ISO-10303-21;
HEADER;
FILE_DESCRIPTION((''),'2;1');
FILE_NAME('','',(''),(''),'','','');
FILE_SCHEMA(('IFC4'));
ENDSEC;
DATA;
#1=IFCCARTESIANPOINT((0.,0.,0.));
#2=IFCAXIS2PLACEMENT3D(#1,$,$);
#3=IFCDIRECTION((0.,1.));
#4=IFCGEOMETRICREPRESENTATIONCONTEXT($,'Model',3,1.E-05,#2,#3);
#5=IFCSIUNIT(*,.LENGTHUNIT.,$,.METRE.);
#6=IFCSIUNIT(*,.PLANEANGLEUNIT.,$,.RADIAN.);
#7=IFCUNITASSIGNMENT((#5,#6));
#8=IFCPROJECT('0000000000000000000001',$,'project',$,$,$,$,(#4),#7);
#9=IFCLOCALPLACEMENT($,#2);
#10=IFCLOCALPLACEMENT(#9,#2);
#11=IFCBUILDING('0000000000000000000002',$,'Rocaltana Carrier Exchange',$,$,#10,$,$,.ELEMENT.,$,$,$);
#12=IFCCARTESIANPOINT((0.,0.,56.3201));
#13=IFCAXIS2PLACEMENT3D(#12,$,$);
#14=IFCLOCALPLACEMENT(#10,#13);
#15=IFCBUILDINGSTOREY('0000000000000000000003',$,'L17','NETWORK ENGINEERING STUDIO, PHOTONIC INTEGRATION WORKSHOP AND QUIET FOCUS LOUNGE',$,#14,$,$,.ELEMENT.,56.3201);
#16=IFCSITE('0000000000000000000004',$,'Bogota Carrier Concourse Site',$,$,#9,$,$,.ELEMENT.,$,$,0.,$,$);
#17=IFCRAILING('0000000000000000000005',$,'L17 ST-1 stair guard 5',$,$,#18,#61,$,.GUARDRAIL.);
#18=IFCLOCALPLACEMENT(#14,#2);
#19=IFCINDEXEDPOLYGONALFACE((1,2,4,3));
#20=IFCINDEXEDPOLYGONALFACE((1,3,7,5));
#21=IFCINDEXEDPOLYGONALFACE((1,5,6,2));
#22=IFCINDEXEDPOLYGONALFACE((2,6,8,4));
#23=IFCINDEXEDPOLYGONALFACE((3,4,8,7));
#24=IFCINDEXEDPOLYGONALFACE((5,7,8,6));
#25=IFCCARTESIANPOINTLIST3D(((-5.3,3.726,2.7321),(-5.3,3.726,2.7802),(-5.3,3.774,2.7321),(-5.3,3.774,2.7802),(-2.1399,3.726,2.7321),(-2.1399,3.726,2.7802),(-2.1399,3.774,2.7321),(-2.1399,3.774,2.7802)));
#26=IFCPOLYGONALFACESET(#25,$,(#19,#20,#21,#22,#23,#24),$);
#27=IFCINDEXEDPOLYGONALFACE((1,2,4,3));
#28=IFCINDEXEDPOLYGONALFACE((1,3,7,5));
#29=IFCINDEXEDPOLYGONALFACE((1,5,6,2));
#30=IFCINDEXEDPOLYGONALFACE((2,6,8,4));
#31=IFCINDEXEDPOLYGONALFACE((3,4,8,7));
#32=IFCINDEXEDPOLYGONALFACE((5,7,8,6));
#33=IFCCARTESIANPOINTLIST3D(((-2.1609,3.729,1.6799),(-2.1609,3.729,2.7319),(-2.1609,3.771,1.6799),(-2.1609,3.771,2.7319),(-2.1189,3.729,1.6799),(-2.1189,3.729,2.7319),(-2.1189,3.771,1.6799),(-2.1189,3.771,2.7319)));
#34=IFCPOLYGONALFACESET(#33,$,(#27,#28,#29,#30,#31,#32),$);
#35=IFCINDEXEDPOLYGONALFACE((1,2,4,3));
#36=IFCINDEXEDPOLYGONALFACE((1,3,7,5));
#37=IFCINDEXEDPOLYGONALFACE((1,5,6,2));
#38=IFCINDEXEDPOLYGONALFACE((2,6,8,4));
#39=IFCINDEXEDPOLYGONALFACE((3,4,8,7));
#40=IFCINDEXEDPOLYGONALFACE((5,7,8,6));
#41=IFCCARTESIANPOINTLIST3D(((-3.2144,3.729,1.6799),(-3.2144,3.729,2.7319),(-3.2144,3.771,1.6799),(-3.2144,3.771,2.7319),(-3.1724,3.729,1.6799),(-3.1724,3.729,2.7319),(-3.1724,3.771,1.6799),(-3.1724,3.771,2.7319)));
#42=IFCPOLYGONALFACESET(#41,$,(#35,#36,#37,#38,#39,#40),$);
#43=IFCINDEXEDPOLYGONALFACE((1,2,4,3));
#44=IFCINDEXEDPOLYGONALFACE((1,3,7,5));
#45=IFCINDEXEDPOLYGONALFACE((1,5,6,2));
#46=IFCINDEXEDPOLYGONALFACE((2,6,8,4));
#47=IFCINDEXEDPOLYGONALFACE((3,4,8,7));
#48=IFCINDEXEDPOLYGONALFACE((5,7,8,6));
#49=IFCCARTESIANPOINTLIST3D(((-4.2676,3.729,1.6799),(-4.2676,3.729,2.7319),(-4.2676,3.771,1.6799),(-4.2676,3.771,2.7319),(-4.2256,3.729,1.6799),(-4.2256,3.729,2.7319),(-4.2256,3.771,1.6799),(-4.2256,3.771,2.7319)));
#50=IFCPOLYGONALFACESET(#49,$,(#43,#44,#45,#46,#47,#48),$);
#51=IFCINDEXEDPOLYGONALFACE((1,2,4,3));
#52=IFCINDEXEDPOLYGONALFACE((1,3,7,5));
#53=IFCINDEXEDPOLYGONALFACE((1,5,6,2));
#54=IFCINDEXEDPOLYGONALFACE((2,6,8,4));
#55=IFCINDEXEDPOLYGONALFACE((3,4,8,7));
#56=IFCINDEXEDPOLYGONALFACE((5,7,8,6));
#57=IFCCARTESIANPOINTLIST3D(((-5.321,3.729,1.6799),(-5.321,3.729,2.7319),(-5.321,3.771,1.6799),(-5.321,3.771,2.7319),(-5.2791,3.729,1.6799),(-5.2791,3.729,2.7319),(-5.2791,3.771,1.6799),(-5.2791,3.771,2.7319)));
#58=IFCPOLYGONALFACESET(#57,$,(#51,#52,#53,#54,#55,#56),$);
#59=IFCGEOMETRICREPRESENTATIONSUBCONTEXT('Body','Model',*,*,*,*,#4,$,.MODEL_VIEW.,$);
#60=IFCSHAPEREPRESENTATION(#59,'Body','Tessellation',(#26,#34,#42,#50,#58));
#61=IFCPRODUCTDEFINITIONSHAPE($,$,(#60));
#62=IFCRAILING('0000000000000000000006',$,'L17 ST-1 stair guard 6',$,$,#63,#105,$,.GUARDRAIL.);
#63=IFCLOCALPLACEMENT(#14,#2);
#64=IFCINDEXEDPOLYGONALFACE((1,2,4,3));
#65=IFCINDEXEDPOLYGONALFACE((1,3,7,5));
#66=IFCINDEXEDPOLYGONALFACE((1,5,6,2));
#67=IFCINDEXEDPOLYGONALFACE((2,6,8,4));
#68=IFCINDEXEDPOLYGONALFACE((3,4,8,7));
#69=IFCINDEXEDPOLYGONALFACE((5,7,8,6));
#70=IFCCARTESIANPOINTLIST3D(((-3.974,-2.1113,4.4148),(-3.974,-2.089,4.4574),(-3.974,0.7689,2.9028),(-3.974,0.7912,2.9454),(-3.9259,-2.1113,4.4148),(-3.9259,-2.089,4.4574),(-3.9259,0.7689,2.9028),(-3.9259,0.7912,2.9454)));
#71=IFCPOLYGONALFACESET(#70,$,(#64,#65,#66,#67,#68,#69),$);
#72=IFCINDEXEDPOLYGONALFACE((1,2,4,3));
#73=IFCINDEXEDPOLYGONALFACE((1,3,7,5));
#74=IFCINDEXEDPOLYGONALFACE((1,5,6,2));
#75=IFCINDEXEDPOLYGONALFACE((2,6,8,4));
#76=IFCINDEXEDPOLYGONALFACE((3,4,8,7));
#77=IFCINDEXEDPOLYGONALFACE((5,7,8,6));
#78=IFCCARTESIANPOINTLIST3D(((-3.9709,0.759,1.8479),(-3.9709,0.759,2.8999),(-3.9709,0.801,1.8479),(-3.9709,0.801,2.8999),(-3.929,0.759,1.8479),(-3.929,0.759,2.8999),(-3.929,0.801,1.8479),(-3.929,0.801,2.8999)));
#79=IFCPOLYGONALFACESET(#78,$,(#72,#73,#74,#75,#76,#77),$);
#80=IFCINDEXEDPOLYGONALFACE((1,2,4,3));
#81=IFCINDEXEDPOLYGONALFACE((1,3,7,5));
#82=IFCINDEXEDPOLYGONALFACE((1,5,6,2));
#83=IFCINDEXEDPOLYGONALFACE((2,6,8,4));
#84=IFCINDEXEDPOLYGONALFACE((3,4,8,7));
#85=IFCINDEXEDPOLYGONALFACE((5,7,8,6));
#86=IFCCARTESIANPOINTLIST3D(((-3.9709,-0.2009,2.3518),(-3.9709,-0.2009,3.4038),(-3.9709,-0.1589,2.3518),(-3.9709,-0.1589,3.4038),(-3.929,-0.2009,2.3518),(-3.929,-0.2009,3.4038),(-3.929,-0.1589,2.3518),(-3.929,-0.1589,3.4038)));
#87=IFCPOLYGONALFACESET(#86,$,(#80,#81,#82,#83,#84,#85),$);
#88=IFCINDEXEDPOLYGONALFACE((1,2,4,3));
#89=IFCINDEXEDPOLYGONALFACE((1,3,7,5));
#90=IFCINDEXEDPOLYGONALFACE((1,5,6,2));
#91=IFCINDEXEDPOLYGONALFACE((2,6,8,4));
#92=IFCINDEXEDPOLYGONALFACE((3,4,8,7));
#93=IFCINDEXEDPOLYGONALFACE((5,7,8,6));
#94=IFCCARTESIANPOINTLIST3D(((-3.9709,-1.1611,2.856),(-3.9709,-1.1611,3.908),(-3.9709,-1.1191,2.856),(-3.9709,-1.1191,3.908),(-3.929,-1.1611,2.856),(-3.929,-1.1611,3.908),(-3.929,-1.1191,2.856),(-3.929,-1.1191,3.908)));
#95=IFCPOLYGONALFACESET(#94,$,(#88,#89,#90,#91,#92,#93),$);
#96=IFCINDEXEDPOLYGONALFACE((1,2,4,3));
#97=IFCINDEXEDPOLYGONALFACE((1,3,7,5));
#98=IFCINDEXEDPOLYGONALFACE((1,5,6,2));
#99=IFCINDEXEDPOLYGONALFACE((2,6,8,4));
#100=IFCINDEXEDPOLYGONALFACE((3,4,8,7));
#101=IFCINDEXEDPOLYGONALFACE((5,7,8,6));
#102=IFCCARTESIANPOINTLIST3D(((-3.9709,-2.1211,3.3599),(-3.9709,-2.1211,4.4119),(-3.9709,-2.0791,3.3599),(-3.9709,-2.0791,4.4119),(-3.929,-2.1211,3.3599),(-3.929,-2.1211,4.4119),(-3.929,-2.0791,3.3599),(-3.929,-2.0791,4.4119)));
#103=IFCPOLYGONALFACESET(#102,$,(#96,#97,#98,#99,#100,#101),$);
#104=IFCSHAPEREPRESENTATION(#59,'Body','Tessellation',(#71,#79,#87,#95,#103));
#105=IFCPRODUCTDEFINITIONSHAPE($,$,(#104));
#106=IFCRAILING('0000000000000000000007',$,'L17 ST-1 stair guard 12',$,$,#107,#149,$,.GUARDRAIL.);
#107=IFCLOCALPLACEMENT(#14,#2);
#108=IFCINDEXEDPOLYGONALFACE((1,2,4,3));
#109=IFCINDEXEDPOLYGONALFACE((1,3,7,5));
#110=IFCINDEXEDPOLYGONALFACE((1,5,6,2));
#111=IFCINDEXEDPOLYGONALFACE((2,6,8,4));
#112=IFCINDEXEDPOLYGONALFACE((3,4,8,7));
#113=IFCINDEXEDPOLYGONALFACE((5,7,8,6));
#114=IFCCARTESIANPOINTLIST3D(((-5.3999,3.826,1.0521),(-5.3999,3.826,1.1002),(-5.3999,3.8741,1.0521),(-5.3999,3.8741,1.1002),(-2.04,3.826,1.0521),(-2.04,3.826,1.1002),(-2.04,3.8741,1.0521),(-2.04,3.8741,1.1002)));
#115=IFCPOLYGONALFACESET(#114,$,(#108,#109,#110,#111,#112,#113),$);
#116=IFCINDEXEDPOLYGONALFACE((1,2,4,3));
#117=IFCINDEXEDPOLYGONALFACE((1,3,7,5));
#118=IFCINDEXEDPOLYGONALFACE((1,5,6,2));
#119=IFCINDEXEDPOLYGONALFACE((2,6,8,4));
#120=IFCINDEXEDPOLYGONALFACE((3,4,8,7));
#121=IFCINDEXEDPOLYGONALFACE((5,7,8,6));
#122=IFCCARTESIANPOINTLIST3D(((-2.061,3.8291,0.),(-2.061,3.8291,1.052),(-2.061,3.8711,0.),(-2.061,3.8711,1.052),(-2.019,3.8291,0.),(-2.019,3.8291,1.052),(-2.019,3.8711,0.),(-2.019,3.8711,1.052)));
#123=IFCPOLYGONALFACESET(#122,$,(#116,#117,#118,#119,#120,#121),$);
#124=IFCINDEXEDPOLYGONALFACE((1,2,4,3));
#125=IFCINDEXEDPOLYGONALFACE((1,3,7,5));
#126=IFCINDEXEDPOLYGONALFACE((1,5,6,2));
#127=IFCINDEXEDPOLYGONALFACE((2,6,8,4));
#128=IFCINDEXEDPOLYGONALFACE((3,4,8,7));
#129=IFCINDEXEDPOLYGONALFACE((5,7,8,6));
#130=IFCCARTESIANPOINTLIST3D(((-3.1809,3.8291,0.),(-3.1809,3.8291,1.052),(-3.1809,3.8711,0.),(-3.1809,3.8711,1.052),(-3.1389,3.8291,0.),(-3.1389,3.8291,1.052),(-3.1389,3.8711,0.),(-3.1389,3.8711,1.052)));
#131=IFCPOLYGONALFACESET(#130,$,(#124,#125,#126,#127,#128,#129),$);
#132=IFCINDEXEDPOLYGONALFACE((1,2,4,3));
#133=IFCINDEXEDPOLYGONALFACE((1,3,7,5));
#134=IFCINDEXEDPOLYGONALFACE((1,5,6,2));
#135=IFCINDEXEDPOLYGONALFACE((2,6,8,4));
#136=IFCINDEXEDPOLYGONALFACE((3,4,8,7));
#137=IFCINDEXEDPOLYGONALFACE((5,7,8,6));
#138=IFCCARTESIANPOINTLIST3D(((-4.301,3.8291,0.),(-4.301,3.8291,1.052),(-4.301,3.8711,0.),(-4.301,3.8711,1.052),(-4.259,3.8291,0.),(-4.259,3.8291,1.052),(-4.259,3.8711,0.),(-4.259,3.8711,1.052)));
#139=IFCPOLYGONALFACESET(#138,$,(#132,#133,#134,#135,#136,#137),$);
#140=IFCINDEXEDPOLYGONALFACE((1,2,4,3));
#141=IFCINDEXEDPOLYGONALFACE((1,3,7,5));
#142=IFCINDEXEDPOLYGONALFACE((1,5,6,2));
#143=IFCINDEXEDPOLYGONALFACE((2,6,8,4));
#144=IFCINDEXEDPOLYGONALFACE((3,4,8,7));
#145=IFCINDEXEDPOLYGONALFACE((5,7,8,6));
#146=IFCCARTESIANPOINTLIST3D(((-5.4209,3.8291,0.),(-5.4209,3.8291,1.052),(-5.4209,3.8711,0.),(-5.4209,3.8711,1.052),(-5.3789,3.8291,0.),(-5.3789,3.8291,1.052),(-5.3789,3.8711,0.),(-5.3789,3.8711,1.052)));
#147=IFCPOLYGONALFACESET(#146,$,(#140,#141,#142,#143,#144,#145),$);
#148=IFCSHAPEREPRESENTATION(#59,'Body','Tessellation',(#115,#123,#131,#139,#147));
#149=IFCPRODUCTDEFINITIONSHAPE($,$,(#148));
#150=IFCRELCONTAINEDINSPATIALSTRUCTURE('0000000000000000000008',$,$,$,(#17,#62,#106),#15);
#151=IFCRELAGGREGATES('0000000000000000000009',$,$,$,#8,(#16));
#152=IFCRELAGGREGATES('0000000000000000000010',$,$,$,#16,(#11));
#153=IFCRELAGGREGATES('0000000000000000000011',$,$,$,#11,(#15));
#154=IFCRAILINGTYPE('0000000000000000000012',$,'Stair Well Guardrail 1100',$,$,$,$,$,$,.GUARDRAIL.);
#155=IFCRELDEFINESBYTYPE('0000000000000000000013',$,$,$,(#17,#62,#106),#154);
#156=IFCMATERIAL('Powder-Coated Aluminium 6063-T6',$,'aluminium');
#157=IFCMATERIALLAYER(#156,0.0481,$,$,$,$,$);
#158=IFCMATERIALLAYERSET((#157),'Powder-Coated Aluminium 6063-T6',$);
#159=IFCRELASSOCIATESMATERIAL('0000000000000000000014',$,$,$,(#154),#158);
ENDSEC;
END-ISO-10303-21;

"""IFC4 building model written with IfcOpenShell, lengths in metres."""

from ifc_helpers import new_model, si_unit, direction, frame, origin, origin_2d, place, context, subcontext, project, spatial, rectangle, extrude, material, layer, layer_set, type_object, element, save


model = new_model("IFC4")

# Units and contexts
model_context = context("Model", 3, precision=1e-05, world=origin(), true_north=direction((0.0, 1.0)))
body_context = subcontext(model_context, "Body", "Model", "MODEL_VIEW")
ifc_project = project(units=[si_unit("LENGTHUNIT", "METRE"), si_unit("PLANEANGLEUNIT", "RADIAN")], contexts=[model_context])

# Site, building, storey
site_placement = place(None, origin())
site = spatial("IfcSite", under=ifc_project, at=site_placement, Name="Bogota Carrier Concourse Site", CompositionType="ELEMENT", RefElevation=0.0)
building_placement = place(site_placement, origin())
building = spatial("IfcBuilding", under=site, at=building_placement, Name="Rocaltana Carrier Exchange", CompositionType="ELEMENT")
storey_placement = place(building_placement, frame((0.0, 0.0, 56.3201)))
storey = spatial("IfcBuildingStorey", under=building, at=storey_placement, Name="L17", Description="NETWORK ENGINEERING STUDIO, PHOTONIC INTEGRATION WORKSHOP AND QUIET FOCUS LOUNGE", CompositionType="ELEMENT", Elevation=56.3201)

# Railings
ifc_material_1 = material(Name="Powder-Coated Aluminium 6063-T6", Category="aluminium")
ifc_layer_1 = layer(ifc_material_1, 0.0481)
ifc_layer_set_1 = layer_set([ifc_layer_1], Name="Powder-Coated Aluminium 6063-T6")
railing_type_1 = type_object("IfcRailingType", Name="Stair Well Guardrail 1100", PredefinedType="GUARDRAIL", material=ifc_layer_set_1)
railing_1_placement = place(storey_placement, frame((-2.1399, 3.75, 1.6799)))
element("IfcRailing", 1, at=railing_1_placement, inside=storey, type_object=railing_type_1, Name="L17 ST-1 stair guard 5", PredefinedType="GUARDRAIL", context=body_context, shape_type="SweptSolid", body=[
    extrude(rectangle(XDim=0.0481, YDim=0.0481, at=origin_2d()), frame((0.0, 0.0, 1.0762), z_axis=(-1.0, 0.0, 0.0), x_axis=(0.0, -1.0, 0.0)), (0.0, 0.0, 1.0), 3.1602),
    extrude(rectangle(XDim=0.042, YDim=0.042, at=origin_2d()), origin(), (0.0, 0.0, 1.0), 1.052),
    extrude(rectangle(XDim=0.042, YDim=0.042, at=origin_2d()), frame((-1.0535, 0.0, 0.0)), (0.0, 0.0, 1.0), 1.052),
    extrude(rectangle(XDim=0.042, YDim=0.042, at=origin_2d()), frame((-2.1067, 0.0, 0.0)), (0.0, 0.0, 1.0), 1.052),
    extrude(rectangle(XDim=0.042, YDim=0.042, at=origin_2d()), frame((-3.1602, 0.0, 0.0)), (0.0, 0.0, 1.0), 1.052),
])
railing_2_placement = place(storey_placement, frame((-3.95, 0.78, 1.8479)))
element("IfcRailing", 2, at=railing_2_placement, inside=storey, type_object=railing_type_1, Name="L17 ST-1 stair guard 6", PredefinedType="GUARDRAIL", context=body_context, shape_type="SweptSolid", body=[
    extrude(rectangle(XDim=0.0481, YDim=0.0481, at=origin_2d()), frame((0.0, 0.0, 1.0762), z_axis=(0.0, -0.885411, 0.464809), x_axis=(1.0, 0.0, 0.0)), (0.0, 0.0, 1.0), 3.2529),
    extrude(rectangle(XDim=0.042, YDim=0.042, at=origin_2d()), origin(), (0.0, 0.0, 1.0), 1.052),
    extrude(rectangle(XDim=0.042, YDim=0.042, at=origin_2d()), frame((0.0, -0.96, 0.5039)), (0.0, 0.0, 1.0), 1.052),
    extrude(rectangle(XDim=0.042, YDim=0.042, at=origin_2d()), frame((0.0, -1.9202, 1.0081)), (0.0, 0.0, 1.0), 1.052),
    extrude(rectangle(XDim=0.042, YDim=0.042, at=origin_2d()), frame((0.0, -2.8801, 1.512)), (0.0, 0.0, 1.0), 1.052),
])
railing_3_placement = place(storey_placement, frame((-2.04, 3.8501, 0.0)))
element("IfcRailing", 3, at=railing_3_placement, inside=storey, type_object=railing_type_1, Name="L17 ST-1 stair guard 12", PredefinedType="GUARDRAIL", context=body_context, shape_type="SweptSolid", body=[
    extrude(rectangle(XDim=0.0481, YDim=0.0481, at=origin_2d()), frame((0.0, 0.0, 1.0762), z_axis=(-1.0, 0.0, 0.0), x_axis=(0.0, -1.0, 0.0)), (0.0, 0.0, 1.0), 3.3599),
    extrude(rectangle(XDim=0.042, YDim=0.042, at=origin_2d()), origin(), (0.0, 0.0, 1.0), 1.052),
    extrude(rectangle(XDim=0.042, YDim=0.042, at=origin_2d()), frame((-1.1199, 0.0, 0.0)), (0.0, 0.0, 1.0), 1.052),
    extrude(rectangle(XDim=0.042, YDim=0.042, at=origin_2d()), frame((-2.24, 0.0, 0.0)), (0.0, 0.0, 1.0), 1.052),
    extrude(rectangle(XDim=0.042, YDim=0.042, at=origin_2d()), frame((-3.3599, 0.0, 0.0)), (0.0, 0.0, 1.0), 1.052),
])

save(model, "model.ifc")
